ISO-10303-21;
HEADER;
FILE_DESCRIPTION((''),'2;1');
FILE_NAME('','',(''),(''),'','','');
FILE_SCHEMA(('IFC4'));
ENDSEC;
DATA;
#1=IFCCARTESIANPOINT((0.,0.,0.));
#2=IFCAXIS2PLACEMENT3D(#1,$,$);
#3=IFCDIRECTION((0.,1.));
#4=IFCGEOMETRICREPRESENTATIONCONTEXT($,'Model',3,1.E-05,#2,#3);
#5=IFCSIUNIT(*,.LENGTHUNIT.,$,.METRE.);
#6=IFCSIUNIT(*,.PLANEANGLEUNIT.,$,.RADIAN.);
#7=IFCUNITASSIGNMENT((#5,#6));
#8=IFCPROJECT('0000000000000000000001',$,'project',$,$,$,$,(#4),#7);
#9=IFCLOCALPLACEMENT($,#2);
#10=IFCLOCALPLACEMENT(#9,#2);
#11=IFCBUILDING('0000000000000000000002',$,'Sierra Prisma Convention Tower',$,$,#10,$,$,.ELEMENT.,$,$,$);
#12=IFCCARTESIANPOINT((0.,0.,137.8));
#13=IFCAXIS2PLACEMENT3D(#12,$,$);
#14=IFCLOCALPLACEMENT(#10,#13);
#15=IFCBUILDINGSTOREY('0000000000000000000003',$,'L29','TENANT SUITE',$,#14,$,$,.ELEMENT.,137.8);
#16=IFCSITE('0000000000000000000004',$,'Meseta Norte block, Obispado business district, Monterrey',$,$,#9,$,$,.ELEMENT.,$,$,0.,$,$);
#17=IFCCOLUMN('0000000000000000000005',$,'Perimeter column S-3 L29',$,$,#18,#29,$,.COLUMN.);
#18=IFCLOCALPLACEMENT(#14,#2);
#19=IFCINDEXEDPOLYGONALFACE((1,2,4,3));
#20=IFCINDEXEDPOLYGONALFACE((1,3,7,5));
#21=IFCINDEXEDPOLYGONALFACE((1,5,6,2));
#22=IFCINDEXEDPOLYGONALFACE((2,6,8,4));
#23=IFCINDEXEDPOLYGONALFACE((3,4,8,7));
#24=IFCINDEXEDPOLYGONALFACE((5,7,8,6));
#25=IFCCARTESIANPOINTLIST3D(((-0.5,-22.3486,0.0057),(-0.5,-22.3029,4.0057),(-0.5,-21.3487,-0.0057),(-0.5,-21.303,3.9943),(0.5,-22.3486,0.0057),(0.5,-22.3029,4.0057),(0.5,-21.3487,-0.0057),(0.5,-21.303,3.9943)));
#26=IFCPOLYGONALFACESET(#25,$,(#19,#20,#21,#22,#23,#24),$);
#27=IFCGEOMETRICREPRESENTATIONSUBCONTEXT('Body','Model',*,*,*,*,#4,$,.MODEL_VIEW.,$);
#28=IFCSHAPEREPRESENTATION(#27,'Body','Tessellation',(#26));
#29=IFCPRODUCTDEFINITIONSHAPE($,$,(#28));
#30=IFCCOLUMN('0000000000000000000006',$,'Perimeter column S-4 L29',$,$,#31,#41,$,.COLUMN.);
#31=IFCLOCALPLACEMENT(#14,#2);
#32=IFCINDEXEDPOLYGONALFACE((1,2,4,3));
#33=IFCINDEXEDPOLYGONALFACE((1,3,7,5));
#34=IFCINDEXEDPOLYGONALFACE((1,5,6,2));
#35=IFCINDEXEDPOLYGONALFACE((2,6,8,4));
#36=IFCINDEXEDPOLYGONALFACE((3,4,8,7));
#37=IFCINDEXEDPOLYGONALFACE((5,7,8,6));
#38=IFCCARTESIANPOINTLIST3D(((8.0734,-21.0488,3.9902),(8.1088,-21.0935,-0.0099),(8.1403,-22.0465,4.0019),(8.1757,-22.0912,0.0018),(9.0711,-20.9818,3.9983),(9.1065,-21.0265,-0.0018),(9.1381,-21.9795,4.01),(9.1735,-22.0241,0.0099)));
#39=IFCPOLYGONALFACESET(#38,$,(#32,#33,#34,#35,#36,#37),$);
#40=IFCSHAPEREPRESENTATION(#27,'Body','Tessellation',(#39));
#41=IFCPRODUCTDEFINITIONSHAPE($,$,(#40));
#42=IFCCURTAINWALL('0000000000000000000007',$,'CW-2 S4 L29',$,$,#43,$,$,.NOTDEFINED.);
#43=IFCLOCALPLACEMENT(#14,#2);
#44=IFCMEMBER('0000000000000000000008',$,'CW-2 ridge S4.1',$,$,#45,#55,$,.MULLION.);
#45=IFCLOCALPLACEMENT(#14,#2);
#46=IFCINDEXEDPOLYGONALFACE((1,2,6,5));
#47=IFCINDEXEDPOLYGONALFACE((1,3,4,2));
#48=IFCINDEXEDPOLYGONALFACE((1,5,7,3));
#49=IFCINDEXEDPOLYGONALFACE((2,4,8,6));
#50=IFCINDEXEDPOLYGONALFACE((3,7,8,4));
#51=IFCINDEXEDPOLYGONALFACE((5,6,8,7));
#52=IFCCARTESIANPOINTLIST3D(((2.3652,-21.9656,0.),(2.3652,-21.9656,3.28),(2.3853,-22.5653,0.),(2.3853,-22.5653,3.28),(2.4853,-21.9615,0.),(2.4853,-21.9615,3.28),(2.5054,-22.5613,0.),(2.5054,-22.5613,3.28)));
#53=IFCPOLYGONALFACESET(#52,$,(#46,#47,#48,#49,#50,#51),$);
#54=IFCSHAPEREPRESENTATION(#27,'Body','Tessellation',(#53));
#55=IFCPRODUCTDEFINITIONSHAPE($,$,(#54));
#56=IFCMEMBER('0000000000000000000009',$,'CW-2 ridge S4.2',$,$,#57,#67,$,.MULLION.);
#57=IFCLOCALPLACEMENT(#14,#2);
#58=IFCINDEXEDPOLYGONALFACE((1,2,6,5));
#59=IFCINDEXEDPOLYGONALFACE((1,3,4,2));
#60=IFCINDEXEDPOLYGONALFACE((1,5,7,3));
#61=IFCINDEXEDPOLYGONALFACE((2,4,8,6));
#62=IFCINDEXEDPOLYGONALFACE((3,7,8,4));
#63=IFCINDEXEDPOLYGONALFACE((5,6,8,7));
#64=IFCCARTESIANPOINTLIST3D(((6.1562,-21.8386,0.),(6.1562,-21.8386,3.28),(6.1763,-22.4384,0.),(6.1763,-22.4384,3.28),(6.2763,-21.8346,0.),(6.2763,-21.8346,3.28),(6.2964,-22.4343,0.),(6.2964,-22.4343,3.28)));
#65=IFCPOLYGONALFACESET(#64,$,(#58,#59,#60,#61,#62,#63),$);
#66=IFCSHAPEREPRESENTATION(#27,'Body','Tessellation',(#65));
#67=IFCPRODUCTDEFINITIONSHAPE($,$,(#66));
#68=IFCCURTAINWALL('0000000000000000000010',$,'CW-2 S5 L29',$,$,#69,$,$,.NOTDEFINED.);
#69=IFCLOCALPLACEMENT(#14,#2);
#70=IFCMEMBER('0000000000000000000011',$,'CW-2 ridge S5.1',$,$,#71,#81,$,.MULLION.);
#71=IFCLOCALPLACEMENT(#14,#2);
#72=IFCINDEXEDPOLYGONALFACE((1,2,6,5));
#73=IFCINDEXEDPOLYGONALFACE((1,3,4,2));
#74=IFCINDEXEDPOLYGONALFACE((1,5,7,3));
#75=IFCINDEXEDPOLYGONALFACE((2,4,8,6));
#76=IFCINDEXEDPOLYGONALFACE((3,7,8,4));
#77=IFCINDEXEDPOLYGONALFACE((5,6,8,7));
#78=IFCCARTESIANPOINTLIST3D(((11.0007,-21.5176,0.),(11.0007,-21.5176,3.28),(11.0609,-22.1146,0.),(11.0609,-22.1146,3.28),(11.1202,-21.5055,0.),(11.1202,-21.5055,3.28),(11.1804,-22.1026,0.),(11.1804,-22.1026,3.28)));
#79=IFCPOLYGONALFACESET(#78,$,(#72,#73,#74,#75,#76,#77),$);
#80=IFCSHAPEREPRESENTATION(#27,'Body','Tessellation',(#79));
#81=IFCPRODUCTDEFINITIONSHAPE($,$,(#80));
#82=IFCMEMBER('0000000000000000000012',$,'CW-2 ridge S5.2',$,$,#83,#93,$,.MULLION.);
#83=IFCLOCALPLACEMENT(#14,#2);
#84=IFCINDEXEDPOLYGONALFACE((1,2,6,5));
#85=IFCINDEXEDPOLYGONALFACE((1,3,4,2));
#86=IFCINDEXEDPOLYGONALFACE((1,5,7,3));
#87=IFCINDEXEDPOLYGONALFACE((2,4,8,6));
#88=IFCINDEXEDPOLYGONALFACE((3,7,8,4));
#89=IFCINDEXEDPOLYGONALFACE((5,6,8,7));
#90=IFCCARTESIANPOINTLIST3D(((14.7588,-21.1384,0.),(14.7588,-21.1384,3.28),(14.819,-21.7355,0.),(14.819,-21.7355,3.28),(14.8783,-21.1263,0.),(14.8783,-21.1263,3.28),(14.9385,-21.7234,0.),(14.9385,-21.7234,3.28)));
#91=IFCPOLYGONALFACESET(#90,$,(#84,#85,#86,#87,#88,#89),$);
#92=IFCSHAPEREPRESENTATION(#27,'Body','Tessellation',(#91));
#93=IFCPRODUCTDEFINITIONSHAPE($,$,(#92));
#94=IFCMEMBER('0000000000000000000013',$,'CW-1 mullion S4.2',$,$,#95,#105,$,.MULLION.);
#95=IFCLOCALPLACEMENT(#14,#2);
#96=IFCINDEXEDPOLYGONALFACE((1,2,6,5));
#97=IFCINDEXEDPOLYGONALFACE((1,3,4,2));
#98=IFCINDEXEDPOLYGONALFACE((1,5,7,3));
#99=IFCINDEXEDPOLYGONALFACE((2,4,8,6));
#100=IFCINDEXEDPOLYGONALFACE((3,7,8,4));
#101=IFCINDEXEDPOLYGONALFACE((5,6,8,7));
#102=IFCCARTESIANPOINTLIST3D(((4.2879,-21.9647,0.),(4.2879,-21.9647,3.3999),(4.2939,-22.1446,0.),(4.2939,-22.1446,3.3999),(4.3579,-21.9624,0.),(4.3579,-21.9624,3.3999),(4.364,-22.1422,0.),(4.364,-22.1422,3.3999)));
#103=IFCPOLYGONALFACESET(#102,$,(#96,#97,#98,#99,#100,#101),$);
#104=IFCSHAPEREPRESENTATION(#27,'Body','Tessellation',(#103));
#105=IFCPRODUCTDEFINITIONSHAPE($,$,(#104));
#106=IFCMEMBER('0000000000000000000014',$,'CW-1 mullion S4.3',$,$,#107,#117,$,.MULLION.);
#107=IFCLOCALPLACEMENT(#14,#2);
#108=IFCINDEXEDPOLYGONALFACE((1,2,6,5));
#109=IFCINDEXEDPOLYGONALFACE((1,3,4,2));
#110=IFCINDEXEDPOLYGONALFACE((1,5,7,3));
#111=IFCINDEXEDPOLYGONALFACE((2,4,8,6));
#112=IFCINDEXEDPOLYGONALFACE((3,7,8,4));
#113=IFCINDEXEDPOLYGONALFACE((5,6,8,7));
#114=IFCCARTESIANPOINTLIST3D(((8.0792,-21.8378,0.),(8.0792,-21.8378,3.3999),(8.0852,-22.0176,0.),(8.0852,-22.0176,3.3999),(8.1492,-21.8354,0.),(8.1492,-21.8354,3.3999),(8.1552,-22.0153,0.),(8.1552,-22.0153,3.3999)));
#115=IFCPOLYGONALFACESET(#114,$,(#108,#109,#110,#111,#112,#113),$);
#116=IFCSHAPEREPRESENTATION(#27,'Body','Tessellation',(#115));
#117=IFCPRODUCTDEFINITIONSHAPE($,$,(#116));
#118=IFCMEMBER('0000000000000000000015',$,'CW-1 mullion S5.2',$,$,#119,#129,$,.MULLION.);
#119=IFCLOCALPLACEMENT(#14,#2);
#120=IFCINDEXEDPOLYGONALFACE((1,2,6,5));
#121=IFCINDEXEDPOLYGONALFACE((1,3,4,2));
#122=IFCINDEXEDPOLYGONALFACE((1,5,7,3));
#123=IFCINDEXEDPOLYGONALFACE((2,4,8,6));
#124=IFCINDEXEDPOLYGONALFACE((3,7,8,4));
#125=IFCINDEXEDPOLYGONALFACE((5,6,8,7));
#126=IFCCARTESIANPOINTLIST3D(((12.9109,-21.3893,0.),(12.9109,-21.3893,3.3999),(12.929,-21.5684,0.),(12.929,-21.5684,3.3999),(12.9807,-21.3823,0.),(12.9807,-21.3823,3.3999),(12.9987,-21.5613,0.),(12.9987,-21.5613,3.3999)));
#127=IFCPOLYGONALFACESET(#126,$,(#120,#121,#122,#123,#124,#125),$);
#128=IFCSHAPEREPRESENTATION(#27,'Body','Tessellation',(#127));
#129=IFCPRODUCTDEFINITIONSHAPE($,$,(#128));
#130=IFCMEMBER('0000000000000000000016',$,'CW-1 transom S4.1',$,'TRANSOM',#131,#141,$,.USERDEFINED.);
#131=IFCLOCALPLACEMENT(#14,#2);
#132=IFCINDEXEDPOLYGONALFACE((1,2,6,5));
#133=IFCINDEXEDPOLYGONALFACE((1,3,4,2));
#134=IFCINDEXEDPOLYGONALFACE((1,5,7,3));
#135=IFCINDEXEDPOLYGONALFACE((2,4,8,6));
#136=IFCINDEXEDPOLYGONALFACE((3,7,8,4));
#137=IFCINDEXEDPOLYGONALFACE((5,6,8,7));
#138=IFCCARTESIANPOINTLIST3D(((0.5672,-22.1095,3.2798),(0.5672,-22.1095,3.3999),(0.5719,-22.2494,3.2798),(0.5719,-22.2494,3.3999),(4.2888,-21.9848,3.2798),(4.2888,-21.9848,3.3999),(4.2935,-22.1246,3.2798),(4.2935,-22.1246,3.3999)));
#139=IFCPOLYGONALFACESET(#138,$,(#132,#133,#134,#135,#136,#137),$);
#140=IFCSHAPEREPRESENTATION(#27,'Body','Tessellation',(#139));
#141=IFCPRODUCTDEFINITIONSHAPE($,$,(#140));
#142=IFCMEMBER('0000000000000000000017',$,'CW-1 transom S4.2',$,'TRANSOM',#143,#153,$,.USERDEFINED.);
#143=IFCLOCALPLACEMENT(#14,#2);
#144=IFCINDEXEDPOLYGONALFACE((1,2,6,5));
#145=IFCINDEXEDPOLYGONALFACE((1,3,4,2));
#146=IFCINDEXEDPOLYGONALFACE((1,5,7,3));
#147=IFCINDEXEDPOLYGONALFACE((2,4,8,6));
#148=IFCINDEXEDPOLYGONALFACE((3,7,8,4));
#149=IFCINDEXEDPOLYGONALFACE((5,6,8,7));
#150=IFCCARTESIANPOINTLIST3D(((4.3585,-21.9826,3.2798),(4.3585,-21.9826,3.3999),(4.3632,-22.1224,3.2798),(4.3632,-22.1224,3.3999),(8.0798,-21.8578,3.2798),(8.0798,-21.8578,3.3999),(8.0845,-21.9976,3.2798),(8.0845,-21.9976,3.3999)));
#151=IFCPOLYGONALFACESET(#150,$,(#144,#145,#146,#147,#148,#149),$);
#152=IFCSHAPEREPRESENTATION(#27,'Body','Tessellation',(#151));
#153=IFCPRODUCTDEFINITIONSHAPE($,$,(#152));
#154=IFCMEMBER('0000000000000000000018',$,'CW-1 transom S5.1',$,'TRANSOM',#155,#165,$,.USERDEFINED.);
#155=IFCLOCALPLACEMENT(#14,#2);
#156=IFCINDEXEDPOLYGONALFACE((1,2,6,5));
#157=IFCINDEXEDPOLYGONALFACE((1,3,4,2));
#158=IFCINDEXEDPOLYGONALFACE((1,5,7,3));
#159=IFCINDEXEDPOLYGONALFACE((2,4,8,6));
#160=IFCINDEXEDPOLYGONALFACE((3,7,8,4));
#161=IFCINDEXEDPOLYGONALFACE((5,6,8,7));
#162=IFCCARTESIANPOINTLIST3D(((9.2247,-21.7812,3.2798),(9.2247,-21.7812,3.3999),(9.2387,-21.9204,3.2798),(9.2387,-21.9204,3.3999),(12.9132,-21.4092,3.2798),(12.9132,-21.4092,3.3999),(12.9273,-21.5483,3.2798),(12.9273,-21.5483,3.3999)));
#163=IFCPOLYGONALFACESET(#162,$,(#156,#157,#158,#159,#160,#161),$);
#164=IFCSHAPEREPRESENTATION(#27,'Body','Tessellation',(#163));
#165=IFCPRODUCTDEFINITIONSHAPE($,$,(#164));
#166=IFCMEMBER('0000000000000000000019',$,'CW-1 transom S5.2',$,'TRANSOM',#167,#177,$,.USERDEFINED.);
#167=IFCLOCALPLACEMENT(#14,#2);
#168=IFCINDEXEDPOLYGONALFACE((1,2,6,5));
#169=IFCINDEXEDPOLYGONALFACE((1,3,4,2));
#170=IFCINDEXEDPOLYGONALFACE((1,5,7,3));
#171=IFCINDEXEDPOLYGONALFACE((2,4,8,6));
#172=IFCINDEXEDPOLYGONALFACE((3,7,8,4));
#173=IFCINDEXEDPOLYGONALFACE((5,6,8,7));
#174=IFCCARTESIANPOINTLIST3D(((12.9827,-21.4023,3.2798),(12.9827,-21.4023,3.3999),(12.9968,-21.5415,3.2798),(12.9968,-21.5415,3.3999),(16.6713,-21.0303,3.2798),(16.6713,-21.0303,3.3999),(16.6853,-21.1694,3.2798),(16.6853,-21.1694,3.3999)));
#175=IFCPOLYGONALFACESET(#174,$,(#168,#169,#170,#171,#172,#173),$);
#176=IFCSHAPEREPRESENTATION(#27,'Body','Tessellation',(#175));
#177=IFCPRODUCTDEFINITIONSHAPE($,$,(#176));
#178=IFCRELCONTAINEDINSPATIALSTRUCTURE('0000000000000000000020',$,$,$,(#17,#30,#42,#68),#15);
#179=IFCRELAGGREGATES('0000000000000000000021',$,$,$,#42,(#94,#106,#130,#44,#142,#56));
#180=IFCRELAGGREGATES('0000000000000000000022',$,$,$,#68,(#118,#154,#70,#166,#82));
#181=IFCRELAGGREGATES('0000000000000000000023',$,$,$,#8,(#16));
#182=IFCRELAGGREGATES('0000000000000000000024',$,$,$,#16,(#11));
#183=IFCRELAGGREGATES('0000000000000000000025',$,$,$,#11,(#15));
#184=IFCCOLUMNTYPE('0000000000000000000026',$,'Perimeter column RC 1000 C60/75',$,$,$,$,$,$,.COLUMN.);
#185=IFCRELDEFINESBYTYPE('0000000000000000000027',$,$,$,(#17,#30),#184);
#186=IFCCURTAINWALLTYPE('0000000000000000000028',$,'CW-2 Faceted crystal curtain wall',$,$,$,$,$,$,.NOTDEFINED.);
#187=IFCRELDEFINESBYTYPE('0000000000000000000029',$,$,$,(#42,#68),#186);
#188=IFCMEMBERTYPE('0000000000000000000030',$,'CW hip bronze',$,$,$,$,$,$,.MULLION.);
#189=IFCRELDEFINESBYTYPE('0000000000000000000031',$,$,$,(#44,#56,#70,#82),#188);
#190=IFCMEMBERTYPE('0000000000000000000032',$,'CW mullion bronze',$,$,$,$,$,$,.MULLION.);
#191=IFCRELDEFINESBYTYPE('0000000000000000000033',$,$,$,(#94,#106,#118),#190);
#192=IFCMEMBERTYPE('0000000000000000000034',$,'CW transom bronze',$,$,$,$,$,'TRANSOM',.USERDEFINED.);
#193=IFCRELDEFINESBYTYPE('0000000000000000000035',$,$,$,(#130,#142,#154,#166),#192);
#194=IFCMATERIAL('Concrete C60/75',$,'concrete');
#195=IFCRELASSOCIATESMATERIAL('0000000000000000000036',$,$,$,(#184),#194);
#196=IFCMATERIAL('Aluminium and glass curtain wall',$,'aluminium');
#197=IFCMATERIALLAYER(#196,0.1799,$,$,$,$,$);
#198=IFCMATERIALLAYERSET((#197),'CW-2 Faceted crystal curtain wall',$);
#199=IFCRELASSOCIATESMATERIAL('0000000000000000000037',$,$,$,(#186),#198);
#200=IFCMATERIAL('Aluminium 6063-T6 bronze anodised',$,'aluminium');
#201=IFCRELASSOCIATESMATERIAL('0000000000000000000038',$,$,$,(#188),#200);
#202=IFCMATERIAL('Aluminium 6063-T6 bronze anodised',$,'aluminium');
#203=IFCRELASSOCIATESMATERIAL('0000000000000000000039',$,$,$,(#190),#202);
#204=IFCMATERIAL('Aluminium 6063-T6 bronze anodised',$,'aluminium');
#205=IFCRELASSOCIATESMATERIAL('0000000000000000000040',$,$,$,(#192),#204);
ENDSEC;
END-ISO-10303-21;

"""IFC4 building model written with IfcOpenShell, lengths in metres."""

from ifc_helpers import new_model, si_unit, direction, frame, origin, origin_2d, place, context, subcontext, project, spatial, rectangle, extrude, material, layer, layer_set, material_profile, profile_set, type_object, element, aggregate, save


model = new_model("IFC4")

# Units and contexts
model_context = context("Model", 3, precision=1e-05, world=origin(), true_north=direction((0.0, 1.0)))
body_context = subcontext(model_context, "Body", "Model", "MODEL_VIEW")
ifc_project = project(units=[si_unit("LENGTHUNIT", "METRE"), si_unit("PLANEANGLEUNIT", "RADIAN")], contexts=[model_context])

# Site, building, storey
site_placement = place(None, origin())
site = spatial("IfcSite", under=ifc_project, at=site_placement, Name="Meseta Norte block, Obispado business district, Monterrey", CompositionType="ELEMENT", RefElevation=0.0)
building_placement = place(site_placement, origin())
building = spatial("IfcBuilding", under=site, at=building_placement, Name="Sierra Prisma Convention Tower", CompositionType="ELEMENT")
storey_placement = place(building_placement, frame((0.0, 0.0, 137.8)))
storey = spatial("IfcBuildingStorey", under=building, at=storey_placement, Name="L29", Description="TENANT SUITE", CompositionType="ELEMENT", Elevation=137.8)

# Columns
ifc_material_1 = material(Name="Concrete C60/75", Category="concrete")
ifc_material_profile_1 = material_profile(ifc_material_1, rectangle(XDim=1.0, YDim=1.0, at=origin_2d()), Name="Perimeter column RC 1000 C60/75")
ifc_profile_set_1 = profile_set([ifc_material_profile_1], Name="Concrete C60/75")
column_type = type_object("IfcColumnType", Name="Perimeter column RC 1000 C60/75", PredefinedType="COLUMN", material=ifc_profile_set_1)
column_1_placement = place(storey_placement, frame((0.0, -21.8486, 0.0), z_axis=(0.0, 0.011413, 0.999935), x_axis=(1.0, 0.0, 0.0)))
element("IfcColumn", 1, at=column_1_placement, inside=storey, type_object=column_type, Name="Perimeter column S-3 L29", PredefinedType="COLUMN", context=body_context, shape_type="SweptSolid", body=[
    extrude(rectangle(XDim=1.0, YDim=1.0, at=origin_2d()), origin(), (0.0, 0.0, 1.0), 4.0002),
])
column_2_placement = place(storey_placement, frame((8.6411, -21.5588, 0.0), z_axis=(-0.008849, 0.011168, 0.999898), x_axis=(0.997716, 0.067063, 0.008081)))
element("IfcColumn", 2, at=column_2_placement, inside=storey, type_object=column_type, Name="Perimeter column S-4 L29", PredefinedType="COLUMN", context=body_context, shape_type="SweptSolid", body=[
    extrude(rectangle(XDim=1.0, YDim=1.0, at=origin_2d()), origin(), (0.0, 0.0, 1.0), 4.0005),
])

# Curtain walls, members
ifc_material_2 = material(Name="Aluminium and glass curtain wall", Category="aluminium")
ifc_layer_1 = layer(ifc_material_2, 0.1799)
ifc_layer_set_1 = layer_set([ifc_layer_1], Name="CW-2 Faceted crystal curtain wall")
curtain_wall_type = type_object("IfcCurtainWallType", Name="CW-2 Faceted crystal curtain wall", PredefinedType="NOTDEFINED", material=ifc_layer_set_1)
curtain_wall_1_placement = place(storey_placement, origin())
curtain_wall_1 = element("IfcCurtainWall", 3, at=curtain_wall_1_placement, inside=storey, type_object=curtain_wall_type, Name="CW-2 S4 L29", PredefinedType="NOTDEFINED")
ifc_material_3 = material(Name="Aluminium 6063-T6 bronze anodised", Category="aluminium")
ifc_material_profile_2 = material_profile(ifc_material_3, rectangle(XDim=0.1201, YDim=0.6001, at=origin_2d()), Name="ALU RIDGE BLADE 120x600")
ifc_profile_set_2 = profile_set([ifc_material_profile_2], Name="Aluminium 6063-T6 bronze anodised")
member_type_1 = type_object("IfcMemberType", Name="CW hip bronze", PredefinedType="MULLION", material=ifc_profile_set_2)
member_1_placement = place(storey_placement, frame((2.4353, -22.2634, 0.0), z_axis=(0.0, 0.0, 1.0), x_axis=(0.999439, 0.033503, 0.0)))
member_1 = element("IfcMember", 4, at=member_1_placement, type_object=member_type_1, Name="CW-2 ridge S4.1", PredefinedType="MULLION", context=body_context, shape_type="SweptSolid", body=[
    extrude(rectangle(XDim=0.1201, YDim=0.6001, at=origin_2d()), origin(), (0.0, 0.0, 1.0), 3.28),
])
member_2_placement = place(storey_placement, frame((6.2263, -22.1365, 0.0), z_axis=(0.0, 0.0, 1.0), x_axis=(0.999439, 0.033503, 0.0)))
member_2 = element("IfcMember", 5, at=member_2_placement, type_object=member_type_1, Name="CW-2 ridge S4.2", PredefinedType="MULLION", context=body_context, shape_type="SweptSolid", body=[
    extrude(rectangle(XDim=0.1201, YDim=0.6001, at=origin_2d()), origin(), (0.0, 0.0, 1.0), 3.28),
])
curtain_wall_2_placement = place(storey_placement, origin())
curtain_wall_2 = element("IfcCurtainWall", 6, at=curtain_wall_2_placement, inside=storey, type_object=curtain_wall_type, Name="CW-2 S5 L29", PredefinedType="NOTDEFINED")
member_3_placement = place(storey_placement, frame((11.0906, -21.8101, 0.0), z_axis=(0.0, 0.0, 1.0), x_axis=(0.994951, 0.100359, 0.0)))
member_3 = element("IfcMember", 7, at=member_3_placement, type_object=member_type_1, Name="CW-2 ridge S5.1", PredefinedType="MULLION", context=body_context, shape_type="SweptSolid", body=[
    extrude(rectangle(XDim=0.1201, YDim=0.6001, at=origin_2d()), origin(), (0.0, 0.0, 1.0), 3.28),
])
member_4_placement = place(storey_placement, frame((14.8486, -21.4309, 0.0), z_axis=(0.0, 0.0, 1.0), x_axis=(0.994951, 0.100359, 0.0)))
member_4 = element("IfcMember", 8, at=member_4_placement, type_object=member_type_1, Name="CW-2 ridge S5.2", PredefinedType="MULLION", context=body_context, shape_type="SweptSolid", body=[
    extrude(rectangle(XDim=0.1201, YDim=0.6001, at=origin_2d()), origin(), (0.0, 0.0, 1.0), 3.28),
])

# Members
ifc_material_4 = material(Name="Aluminium 6063-T6 bronze anodised", Category="aluminium")
ifc_material_profile_3 = material_profile(ifc_material_4, rectangle(XDim=0.1799, YDim=0.0701, at=origin_2d()), Name="ALU MULLION 70x180")
ifc_profile_set_3 = profile_set([ifc_material_profile_3], Name="Aluminium 6063-T6 bronze anodised")
member_type_2 = type_object("IfcMemberType", Name="CW mullion bronze", PredefinedType="MULLION", material=ifc_profile_set_3)
member_5_placement = place(storey_placement, frame((4.3259, -22.0535, 0.0), z_axis=(0.0, 0.0, 1.0), x_axis=(-0.033503, 0.999439, 0.0)))
member_5 = element("IfcMember", 9, at=member_5_placement, type_object=member_type_2, Name="CW-1 mullion S4.2", PredefinedType="MULLION", context=body_context, shape_type="SweptSolid", body=[
    extrude(rectangle(XDim=0.1799, YDim=0.0701, at=origin_2d()), origin(), (0.0, 0.0, 1.0), 3.3999),
])
member_6_placement = place(storey_placement, frame((8.1172, -21.9265, 0.0), z_axis=(0.0, 0.0, 1.0), x_axis=(-0.033503, 0.999439, 0.0)))
member_6 = element("IfcMember", 10, at=member_6_placement, type_object=member_type_2, Name="CW-1 mullion S4.3", PredefinedType="MULLION", context=body_context, shape_type="SweptSolid", body=[
    extrude(rectangle(XDim=0.1799, YDim=0.0701, at=origin_2d()), origin(), (0.0, 0.0, 1.0), 3.3999),
])
member_7_placement = place(storey_placement, frame((12.9548, -21.4753, 0.0), z_axis=(0.0, 0.0, 1.0), x_axis=(-0.100359, 0.994951, 0.0)))
member_7 = element("IfcMember", 11, at=member_7_placement, type_object=member_type_2, Name="CW-1 mullion S5.2", PredefinedType="MULLION", context=body_context, shape_type="SweptSolid", body=[
    extrude(rectangle(XDim=0.1799, YDim=0.0701, at=origin_2d()), origin(), (0.0, 0.0, 1.0), 3.3999),
])
ifc_material_5 = material(Name="Aluminium 6063-T6 bronze anodised", Category="aluminium")
ifc_material_profile_4 = material_profile(ifc_material_5, rectangle(XDim=0.1399, YDim=0.1201, at=origin_2d()), Name="ALU TRANSOM 120x140")
ifc_profile_set_4 = profile_set([ifc_material_profile_4], Name="Aluminium 6063-T6 bronze anodised")
member_type_3 = type_object("IfcMemberType", Name="CW transom bronze", ElementType="TRANSOM", PredefinedType="USERDEFINED", material=ifc_profile_set_4)
member_8_placement = place(storey_placement, frame((0.5696, -22.1794, 3.3398), z_axis=(0.999439, 0.033505, 0.0), x_axis=(-0.033505, 0.999439, 0.0)))
member_8 = element("IfcMember", 12, at=member_8_placement, type_object=member_type_3, Name="CW-1 transom S4.1", ObjectType="TRANSOM", PredefinedType="USERDEFINED", context=body_context, shape_type="SweptSolid", body=[
    extrude(rectangle(XDim=0.1399, YDim=0.1201, at=origin_2d()), origin(), (0.0, 0.0, 1.0), 3.7236),
])
member_9_placement = place(storey_placement, frame((4.3608, -22.0525, 3.3398), z_axis=(0.999438, 0.033507, 0.0), x_axis=(-0.033507, 0.999438, 0.0)))
member_9 = element("IfcMember", 13, at=member_9_placement, type_object=member_type_3, Name="CW-1 transom S4.2", ObjectType="TRANSOM", PredefinedType="USERDEFINED", context=body_context, shape_type="SweptSolid", body=[
    extrude(rectangle(XDim=0.1399, YDim=0.1201, at=origin_2d()), origin(), (0.0, 0.0, 1.0), 3.7234),
])
member_10_placement = place(storey_placement, frame((9.2317, -21.8508, 3.3398), z_axis=(0.994951, 0.100364, 0.0), x_axis=(-0.100364, 0.994951, 0.0)))
member_10 = element("IfcMember", 14, at=member_10_placement, type_object=member_type_3, Name="CW-1 transom S5.1", ObjectType="TRANSOM", PredefinedType="USERDEFINED", context=body_context, shape_type="SweptSolid", body=[
    extrude(rectangle(XDim=0.1399, YDim=0.1201, at=origin_2d()), origin(), (0.0, 0.0, 1.0), 3.7073),
])
member_11_placement = place(storey_placement, frame((12.9897, -21.4719, 3.3398), z_axis=(0.994951, 0.100364, 0.0), x_axis=(-0.100364, 0.994951, 0.0)))
member_11 = element("IfcMember", 15, at=member_11_placement, type_object=member_type_3, Name="CW-1 transom S5.2", ObjectType="TRANSOM", PredefinedType="USERDEFINED", context=body_context, shape_type="SweptSolid", body=[
    extrude(rectangle(XDim=0.1399, YDim=0.1201, at=origin_2d()), origin(), (0.0, 0.0, 1.0), 3.7073),
])

aggregate(curtain_wall_1, [member_5, member_6, member_8, member_1, member_9, member_2])
aggregate(curtain_wall_2, [member_7, member_10, member_3, member_11, member_4])

save(model, "model.ifc")
